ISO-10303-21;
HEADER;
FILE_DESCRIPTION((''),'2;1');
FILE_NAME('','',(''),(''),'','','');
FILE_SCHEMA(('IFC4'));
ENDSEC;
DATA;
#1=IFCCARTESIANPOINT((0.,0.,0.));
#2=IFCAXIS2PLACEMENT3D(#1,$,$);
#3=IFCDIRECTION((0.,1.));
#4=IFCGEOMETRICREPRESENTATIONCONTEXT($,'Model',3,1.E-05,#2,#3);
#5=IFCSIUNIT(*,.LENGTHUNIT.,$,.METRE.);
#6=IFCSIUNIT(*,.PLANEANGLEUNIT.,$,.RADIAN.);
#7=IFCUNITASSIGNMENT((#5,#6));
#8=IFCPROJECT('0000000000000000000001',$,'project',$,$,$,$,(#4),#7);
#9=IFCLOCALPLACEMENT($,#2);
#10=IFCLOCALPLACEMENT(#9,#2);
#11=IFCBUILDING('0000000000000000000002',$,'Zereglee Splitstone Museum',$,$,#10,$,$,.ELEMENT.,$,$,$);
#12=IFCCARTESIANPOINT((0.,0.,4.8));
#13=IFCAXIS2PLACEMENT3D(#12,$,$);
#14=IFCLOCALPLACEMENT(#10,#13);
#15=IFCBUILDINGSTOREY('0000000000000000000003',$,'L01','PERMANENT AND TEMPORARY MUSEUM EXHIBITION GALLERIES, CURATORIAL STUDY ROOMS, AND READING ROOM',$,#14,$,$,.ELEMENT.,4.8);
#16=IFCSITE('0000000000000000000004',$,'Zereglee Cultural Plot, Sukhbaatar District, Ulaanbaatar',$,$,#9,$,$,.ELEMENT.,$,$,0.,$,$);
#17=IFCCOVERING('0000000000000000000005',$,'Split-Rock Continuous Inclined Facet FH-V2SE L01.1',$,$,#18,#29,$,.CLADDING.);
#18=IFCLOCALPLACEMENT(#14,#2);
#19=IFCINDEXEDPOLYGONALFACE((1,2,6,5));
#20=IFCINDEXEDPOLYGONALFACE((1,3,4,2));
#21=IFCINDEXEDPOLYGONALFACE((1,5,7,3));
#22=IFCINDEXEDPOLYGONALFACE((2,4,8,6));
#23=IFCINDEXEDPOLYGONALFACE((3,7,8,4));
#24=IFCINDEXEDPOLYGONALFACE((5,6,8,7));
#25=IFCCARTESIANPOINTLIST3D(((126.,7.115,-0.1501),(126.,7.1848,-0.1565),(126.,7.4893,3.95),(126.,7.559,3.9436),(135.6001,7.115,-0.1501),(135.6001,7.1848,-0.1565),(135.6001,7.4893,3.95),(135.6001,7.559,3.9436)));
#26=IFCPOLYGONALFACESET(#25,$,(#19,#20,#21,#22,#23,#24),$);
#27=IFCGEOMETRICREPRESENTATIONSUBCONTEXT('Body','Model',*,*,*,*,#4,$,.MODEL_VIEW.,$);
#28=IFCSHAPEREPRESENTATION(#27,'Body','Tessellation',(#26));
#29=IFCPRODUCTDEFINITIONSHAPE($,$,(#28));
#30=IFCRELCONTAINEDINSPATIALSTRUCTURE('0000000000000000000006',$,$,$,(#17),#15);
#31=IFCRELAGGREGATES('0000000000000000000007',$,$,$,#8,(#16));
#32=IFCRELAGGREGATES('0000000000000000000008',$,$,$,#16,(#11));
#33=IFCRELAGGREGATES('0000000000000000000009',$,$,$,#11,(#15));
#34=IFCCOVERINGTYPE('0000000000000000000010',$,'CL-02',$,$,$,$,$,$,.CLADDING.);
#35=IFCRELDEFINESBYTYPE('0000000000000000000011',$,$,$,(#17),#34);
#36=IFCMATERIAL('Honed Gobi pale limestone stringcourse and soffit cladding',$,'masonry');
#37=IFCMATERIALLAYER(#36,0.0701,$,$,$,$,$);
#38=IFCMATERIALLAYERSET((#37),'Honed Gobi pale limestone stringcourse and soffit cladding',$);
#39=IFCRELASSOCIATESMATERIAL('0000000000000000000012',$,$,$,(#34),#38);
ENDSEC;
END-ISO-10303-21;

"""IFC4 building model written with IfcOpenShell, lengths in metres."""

from ifc_helpers import new_model, si_unit, direction, frame, origin, place, context, subcontext, project, spatial, polyline, outline, extrude, material, layer, layer_set, type_object, element, save


model = new_model("IFC4")

# Units and contexts
model_context = context("Model", 3, precision=1e-05, world=origin(), true_north=direction((0.0, 1.0)))
body_context = subcontext(model_context, "Body", "Model", "MODEL_VIEW")
ifc_project = project(units=[si_unit("LENGTHUNIT", "METRE"), si_unit("PLANEANGLEUNIT", "RADIAN")], contexts=[model_context])

# Site, building, storey
site_placement = place(None, origin())
site = spatial("IfcSite", under=ifc_project, at=site_placement, Name="Zereglee Cultural Plot, Sukhbaatar District, Ulaanbaatar", CompositionType="ELEMENT", RefElevation=0.0)
building_placement = place(site_placement, origin())
building = spatial("IfcBuilding", under=site, at=building_placement, Name="Zereglee Splitstone Museum", CompositionType="ELEMENT")
storey_placement = place(building_placement, frame((0.0, 0.0, 4.8)))
storey = spatial("IfcBuildingStorey", under=building, at=storey_placement, Name="L01", Description="PERMANENT AND TEMPORARY MUSEUM EXHIBITION GALLERIES, CURATORIAL STUDY ROOMS, AND READING ROOM", CompositionType="ELEMENT", Elevation=4.8)

# Covering
ifc_material_1 = material(Name="Honed Gobi pale limestone stringcourse and soffit cladding", Category="masonry")
ifc_layer_1 = layer(ifc_material_1, 0.0701)
ifc_layer_set_1 = layer_set([ifc_layer_1], Name="Honed Gobi pale limestone stringcourse and soffit cladding")
covering_type = type_object("IfcCoveringType", Name="CL-02", PredefinedType="CLADDING", material=ifc_layer_set_1)
covering_1_placement = place(storey_placement, frame((126.0, 7.115, -0.1501), z_axis=(0.0, -0.99586, 0.090905), x_axis=(1.0, 0.0, 0.0)))
element("IfcCovering", 1, at=covering_1_placement, inside=storey, type_object=covering_type, Name="Split-Rock Continuous Inclined Facet FH-V2SE L01.1", PredefinedType="CLADDING", context=body_context, shape_type="SweptSolid", body=[
    extrude(outline(polyline([(0.0, 0.0), (9.6001, 0.0), (9.6001, 4.1171), (0.0, 4.1171), (0.0, 0.0)])), origin(), (0.0, 0.0, -1.0), 0.0701),
])

save(model, "model.ifc")
